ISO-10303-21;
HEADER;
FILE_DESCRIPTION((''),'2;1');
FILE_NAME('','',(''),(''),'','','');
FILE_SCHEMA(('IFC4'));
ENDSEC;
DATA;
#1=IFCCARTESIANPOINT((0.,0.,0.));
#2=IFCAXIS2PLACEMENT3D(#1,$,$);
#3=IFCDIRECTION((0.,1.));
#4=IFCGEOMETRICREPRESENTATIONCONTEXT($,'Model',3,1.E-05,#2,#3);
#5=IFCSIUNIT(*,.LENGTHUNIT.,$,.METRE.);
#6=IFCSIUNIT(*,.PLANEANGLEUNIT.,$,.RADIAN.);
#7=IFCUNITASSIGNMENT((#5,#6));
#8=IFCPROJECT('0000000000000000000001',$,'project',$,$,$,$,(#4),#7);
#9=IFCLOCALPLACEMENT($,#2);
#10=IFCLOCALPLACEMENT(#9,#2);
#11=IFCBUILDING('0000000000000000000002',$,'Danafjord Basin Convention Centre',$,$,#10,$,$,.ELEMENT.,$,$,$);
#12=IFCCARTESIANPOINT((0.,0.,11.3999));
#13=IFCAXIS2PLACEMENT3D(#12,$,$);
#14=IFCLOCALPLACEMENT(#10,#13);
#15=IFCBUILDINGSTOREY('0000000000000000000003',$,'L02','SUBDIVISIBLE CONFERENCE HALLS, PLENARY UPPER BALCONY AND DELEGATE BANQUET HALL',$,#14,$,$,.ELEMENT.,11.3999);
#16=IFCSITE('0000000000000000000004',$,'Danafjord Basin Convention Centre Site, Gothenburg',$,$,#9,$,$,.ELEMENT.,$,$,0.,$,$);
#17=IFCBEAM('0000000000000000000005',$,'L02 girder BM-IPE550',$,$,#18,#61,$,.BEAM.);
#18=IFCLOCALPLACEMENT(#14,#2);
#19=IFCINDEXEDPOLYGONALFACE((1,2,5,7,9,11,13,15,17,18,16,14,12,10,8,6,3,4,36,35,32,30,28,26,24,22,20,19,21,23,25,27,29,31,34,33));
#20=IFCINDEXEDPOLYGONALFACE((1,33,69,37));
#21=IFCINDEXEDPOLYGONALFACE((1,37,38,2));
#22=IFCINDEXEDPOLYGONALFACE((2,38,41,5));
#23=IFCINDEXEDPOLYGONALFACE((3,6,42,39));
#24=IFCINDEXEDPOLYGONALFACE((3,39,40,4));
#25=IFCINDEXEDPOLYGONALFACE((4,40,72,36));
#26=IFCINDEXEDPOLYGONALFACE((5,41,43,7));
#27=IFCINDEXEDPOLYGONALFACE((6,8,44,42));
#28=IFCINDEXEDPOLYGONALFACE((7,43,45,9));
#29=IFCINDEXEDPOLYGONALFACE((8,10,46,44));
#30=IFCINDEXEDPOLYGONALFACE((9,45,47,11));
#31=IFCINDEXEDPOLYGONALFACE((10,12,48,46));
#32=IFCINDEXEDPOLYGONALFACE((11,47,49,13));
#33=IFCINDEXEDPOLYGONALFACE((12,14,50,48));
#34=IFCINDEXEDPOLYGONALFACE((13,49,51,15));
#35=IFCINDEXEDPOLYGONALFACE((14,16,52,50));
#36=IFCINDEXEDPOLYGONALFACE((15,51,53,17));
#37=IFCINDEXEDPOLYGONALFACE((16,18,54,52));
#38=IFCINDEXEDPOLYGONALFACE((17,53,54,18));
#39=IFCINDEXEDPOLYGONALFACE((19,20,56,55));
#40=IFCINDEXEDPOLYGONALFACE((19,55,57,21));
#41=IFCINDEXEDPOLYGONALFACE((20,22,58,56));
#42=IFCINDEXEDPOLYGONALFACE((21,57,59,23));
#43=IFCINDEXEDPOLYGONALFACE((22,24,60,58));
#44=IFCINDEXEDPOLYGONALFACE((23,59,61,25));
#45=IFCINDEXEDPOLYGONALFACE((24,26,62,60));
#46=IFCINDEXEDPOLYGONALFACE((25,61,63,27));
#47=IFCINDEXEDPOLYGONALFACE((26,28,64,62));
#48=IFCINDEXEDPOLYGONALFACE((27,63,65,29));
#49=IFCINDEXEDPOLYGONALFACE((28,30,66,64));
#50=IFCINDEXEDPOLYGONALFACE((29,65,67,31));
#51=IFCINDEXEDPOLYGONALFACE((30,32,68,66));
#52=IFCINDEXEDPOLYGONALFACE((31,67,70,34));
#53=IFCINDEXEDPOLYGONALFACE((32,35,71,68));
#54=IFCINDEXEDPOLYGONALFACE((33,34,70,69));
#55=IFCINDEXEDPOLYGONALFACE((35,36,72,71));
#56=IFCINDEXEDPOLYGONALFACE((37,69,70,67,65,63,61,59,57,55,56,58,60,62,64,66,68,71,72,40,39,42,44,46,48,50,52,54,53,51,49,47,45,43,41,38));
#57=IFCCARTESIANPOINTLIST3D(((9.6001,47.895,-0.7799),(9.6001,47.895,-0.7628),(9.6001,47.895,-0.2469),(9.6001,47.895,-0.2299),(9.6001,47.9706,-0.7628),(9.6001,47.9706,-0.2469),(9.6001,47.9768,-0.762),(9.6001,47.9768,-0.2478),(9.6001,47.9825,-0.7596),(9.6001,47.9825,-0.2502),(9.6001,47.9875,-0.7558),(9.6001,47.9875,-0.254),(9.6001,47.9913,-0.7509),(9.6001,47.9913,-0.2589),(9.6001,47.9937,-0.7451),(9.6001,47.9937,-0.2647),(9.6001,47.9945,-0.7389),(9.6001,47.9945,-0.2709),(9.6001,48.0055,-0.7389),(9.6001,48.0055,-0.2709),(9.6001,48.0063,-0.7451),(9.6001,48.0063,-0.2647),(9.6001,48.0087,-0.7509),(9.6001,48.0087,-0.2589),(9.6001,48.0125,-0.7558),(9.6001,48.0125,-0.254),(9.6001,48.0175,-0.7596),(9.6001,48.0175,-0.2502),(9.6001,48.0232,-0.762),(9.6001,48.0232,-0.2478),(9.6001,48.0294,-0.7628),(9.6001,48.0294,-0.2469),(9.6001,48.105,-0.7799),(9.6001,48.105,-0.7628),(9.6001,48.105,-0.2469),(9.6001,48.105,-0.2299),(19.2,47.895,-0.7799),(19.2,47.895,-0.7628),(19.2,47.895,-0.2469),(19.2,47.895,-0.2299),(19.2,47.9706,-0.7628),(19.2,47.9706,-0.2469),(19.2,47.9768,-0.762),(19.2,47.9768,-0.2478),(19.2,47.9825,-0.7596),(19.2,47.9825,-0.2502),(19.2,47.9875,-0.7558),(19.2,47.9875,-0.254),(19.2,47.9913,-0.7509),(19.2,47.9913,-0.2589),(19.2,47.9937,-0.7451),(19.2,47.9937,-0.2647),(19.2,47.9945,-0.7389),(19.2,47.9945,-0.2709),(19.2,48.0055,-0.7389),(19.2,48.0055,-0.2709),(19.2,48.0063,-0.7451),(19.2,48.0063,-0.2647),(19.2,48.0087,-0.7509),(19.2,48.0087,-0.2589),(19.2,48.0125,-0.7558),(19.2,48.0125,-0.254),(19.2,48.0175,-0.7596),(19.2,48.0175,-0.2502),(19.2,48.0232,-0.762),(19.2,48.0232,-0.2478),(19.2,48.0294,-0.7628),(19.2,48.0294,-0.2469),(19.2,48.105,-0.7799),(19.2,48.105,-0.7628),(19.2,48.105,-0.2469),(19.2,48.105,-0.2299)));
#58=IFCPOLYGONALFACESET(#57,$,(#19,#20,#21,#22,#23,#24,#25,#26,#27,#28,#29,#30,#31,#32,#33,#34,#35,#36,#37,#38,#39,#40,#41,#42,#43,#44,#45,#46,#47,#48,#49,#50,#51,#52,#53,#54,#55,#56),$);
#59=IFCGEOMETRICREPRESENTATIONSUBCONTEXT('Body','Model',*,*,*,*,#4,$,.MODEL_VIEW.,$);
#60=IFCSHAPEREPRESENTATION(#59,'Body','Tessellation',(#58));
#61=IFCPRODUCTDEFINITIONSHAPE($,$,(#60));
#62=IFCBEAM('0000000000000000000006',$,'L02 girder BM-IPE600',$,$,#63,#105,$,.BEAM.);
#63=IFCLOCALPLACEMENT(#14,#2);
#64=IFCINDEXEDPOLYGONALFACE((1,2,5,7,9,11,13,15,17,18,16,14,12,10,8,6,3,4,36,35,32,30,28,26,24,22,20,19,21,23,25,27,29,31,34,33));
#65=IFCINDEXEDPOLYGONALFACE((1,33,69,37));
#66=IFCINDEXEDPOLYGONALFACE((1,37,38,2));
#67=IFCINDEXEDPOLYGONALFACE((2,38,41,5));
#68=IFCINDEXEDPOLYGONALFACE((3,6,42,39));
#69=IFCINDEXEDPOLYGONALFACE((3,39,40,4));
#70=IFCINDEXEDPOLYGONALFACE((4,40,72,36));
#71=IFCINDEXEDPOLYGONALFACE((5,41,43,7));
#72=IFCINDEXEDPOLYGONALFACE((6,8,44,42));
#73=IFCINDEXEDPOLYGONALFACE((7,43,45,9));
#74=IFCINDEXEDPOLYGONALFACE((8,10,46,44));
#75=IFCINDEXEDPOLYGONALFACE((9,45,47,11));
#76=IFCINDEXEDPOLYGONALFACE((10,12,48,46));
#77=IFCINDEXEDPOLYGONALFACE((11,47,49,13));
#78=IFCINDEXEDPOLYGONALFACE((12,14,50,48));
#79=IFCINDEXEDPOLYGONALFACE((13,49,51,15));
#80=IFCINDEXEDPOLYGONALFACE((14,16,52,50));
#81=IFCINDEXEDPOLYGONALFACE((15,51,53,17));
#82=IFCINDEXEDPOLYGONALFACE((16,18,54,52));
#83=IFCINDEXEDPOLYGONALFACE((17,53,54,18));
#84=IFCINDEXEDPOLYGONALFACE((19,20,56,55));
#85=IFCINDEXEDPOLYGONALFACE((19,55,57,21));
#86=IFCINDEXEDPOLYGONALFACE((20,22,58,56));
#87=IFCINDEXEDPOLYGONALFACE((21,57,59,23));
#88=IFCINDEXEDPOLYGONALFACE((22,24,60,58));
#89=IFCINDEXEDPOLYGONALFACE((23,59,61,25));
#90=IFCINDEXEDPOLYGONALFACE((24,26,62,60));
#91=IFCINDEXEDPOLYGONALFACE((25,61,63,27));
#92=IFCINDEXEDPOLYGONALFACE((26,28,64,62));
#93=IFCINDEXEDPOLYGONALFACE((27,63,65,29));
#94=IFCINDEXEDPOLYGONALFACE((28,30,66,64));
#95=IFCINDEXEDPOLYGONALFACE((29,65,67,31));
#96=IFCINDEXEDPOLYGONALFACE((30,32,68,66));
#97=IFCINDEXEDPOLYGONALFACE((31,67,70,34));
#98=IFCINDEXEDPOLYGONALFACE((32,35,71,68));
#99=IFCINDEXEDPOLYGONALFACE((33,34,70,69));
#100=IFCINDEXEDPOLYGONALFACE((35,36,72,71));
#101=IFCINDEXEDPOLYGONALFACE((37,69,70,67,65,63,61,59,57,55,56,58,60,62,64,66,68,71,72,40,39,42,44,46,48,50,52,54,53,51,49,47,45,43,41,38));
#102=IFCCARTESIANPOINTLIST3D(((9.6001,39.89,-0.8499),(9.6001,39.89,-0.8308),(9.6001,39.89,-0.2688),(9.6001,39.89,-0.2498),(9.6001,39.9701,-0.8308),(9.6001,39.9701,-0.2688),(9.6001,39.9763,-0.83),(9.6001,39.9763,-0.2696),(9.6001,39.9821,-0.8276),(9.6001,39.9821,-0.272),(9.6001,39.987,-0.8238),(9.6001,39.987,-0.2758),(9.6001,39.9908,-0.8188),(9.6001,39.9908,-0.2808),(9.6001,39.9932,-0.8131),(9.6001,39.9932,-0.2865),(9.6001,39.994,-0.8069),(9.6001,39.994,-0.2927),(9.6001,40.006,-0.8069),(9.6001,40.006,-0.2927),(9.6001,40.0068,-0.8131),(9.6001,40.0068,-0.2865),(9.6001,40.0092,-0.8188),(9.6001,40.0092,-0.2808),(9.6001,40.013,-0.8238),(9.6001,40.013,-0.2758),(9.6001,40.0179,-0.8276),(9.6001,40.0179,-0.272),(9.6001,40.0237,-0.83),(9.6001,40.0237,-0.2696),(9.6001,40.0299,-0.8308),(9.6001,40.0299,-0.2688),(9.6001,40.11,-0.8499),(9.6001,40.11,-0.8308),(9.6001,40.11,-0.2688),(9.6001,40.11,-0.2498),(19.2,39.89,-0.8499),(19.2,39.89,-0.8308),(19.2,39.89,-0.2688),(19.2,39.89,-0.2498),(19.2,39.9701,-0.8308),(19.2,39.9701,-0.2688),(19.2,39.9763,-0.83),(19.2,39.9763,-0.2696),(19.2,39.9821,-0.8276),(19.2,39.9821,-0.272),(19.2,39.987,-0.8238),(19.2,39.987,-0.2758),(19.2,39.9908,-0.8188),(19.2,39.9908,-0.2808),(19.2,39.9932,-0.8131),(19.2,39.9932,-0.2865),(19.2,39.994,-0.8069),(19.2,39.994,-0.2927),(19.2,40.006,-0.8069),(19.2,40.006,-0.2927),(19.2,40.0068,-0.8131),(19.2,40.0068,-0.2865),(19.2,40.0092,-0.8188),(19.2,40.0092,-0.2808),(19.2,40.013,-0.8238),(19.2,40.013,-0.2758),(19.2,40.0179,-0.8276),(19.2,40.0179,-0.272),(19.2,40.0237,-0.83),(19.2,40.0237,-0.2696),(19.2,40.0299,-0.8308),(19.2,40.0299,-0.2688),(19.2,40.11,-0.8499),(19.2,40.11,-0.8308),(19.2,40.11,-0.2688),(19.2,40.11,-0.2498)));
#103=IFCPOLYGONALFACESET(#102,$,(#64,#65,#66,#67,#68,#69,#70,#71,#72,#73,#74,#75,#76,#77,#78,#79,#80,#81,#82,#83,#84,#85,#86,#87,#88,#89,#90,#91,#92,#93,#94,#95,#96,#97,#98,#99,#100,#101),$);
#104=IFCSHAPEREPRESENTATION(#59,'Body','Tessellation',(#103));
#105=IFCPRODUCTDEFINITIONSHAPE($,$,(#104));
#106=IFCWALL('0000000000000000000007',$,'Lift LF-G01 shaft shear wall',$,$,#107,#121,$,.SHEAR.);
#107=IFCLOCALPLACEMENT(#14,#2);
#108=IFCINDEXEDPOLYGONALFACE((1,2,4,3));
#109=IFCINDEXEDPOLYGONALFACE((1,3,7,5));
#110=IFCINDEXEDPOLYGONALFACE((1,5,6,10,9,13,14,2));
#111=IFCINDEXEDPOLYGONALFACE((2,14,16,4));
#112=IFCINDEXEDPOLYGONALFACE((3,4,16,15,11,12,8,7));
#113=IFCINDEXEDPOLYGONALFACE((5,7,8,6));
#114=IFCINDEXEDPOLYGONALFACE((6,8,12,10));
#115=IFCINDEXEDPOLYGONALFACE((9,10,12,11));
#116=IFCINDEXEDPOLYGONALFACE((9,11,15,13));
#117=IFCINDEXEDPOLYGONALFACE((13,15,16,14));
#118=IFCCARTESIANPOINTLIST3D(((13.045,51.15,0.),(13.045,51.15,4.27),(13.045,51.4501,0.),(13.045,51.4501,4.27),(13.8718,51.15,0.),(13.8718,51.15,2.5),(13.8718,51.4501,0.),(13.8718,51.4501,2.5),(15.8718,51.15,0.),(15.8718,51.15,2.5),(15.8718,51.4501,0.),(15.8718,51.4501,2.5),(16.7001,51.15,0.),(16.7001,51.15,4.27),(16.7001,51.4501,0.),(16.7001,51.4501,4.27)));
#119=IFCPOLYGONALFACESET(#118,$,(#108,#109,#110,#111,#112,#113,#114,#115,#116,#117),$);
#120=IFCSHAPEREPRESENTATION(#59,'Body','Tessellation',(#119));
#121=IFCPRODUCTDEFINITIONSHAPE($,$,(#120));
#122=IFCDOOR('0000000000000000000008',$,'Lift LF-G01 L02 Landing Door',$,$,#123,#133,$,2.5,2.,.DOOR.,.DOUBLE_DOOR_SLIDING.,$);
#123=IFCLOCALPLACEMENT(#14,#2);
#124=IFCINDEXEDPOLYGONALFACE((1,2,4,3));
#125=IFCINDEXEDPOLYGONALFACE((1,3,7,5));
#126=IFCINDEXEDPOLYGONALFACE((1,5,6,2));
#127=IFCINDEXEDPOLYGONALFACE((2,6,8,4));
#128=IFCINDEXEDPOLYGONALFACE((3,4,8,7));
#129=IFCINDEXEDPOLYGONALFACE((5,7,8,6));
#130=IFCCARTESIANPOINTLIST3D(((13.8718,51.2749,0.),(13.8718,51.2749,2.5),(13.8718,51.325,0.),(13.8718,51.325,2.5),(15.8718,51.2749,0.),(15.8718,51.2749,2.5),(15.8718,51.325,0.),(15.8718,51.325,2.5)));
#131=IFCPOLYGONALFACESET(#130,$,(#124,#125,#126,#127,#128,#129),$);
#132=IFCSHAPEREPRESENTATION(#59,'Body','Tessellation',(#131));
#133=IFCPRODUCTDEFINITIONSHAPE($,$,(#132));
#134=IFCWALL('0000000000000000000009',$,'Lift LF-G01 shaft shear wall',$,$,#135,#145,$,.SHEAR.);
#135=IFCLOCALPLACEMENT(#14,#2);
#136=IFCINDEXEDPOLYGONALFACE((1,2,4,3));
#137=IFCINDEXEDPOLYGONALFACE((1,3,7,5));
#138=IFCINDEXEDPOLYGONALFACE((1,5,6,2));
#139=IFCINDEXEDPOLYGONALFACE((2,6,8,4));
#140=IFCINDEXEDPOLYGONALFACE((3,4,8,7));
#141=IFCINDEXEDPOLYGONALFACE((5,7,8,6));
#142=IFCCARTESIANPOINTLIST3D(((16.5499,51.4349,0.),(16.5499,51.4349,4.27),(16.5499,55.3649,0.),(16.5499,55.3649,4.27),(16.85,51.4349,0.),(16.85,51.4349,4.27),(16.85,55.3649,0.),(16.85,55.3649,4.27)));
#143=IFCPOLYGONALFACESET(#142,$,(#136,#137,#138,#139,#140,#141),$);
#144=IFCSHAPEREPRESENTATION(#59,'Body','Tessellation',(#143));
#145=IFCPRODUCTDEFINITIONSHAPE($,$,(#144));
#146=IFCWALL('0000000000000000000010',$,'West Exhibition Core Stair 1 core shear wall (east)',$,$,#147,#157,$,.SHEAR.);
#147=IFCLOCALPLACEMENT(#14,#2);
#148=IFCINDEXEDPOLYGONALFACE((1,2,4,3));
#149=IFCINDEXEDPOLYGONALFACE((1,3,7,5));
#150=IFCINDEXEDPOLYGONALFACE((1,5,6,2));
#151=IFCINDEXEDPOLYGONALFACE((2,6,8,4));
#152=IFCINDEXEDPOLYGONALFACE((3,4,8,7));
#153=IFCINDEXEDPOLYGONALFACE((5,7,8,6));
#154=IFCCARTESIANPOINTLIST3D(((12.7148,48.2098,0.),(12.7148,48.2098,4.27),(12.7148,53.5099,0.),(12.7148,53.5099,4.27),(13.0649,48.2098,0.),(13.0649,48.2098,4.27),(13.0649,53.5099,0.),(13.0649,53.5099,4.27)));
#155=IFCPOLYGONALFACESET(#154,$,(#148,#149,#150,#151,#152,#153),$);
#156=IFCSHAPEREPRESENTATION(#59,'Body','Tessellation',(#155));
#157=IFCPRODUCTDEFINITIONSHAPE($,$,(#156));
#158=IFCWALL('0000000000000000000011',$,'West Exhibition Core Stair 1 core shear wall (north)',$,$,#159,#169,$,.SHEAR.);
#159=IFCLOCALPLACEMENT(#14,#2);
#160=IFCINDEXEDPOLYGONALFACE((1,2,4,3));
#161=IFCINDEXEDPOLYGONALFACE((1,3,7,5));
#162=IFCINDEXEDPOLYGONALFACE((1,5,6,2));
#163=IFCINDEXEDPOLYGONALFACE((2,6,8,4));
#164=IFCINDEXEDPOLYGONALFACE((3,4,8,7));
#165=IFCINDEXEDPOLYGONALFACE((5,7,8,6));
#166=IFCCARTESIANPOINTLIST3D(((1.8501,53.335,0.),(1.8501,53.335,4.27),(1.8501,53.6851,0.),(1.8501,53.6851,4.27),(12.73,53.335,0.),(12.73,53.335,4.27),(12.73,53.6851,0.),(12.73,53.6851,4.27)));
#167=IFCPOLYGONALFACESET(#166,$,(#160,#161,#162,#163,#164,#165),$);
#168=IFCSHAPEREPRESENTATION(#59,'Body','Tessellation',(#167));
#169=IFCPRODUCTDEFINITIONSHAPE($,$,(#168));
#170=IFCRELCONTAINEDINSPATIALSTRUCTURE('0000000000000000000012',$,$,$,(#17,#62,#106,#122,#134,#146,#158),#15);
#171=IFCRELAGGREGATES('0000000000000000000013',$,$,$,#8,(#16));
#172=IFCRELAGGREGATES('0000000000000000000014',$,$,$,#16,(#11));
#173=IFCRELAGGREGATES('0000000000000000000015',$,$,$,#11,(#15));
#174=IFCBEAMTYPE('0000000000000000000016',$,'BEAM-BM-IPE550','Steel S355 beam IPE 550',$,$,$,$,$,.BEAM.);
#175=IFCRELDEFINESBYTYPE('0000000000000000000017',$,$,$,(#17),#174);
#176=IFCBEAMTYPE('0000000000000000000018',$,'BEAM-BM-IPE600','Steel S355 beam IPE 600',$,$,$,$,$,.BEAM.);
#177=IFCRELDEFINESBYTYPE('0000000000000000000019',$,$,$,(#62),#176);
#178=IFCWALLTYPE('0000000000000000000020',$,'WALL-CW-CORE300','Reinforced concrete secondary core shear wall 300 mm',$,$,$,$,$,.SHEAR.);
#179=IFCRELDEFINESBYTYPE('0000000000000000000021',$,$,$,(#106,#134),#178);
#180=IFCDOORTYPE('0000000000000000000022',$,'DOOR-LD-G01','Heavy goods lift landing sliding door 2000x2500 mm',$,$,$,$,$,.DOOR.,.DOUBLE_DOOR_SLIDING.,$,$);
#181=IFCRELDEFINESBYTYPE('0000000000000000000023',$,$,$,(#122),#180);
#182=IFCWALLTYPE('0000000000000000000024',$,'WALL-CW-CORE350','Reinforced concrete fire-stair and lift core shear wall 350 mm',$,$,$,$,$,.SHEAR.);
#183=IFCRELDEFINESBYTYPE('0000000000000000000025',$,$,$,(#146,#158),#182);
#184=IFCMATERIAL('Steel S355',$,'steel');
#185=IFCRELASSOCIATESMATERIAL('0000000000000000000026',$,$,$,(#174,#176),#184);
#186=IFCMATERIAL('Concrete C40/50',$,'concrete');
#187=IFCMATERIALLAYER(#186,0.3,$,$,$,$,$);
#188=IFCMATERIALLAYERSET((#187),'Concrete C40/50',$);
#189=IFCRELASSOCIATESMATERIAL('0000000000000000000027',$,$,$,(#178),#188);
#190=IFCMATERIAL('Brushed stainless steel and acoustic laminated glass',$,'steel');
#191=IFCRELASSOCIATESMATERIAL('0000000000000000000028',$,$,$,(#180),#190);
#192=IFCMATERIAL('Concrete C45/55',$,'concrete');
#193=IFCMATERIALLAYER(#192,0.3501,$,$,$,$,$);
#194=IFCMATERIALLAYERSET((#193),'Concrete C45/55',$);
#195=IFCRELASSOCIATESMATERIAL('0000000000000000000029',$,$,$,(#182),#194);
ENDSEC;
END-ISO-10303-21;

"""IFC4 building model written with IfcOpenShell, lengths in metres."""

from ifc_helpers import new_model, si_unit, direction, frame, frame_2d, origin, origin_2d, place, context, subcontext, project, spatial, rectangle, i_section, extrude, material, layer, layer_set, material_profile, profile_set, type_object, element, fill, save


model = new_model("IFC4")

# Units and contexts
model_context = context("Model", 3, precision=1e-05, world=origin(), true_north=direction((0.0, 1.0)))
body_context = subcontext(model_context, "Body", "Model", "MODEL_VIEW")
ifc_project = project(units=[si_unit("LENGTHUNIT", "METRE"), si_unit("PLANEANGLEUNIT", "RADIAN")], contexts=[model_context])

# Site, building, storey
site_placement = place(None, origin())
site = spatial("IfcSite", under=ifc_project, at=site_placement, Name="Danafjord Basin Convention Centre Site, Gothenburg", CompositionType="ELEMENT", RefElevation=0.0)
building_placement = place(site_placement, origin())
building = spatial("IfcBuilding", under=site, at=building_placement, Name="Danafjord Basin Convention Centre", CompositionType="ELEMENT")
storey_placement = place(building_placement, frame((0.0, 0.0, 11.3999)))
storey = spatial("IfcBuildingStorey", under=building, at=storey_placement, Name="L02", Description="SUBDIVISIBLE CONFERENCE HALLS, PLENARY UPPER BALCONY AND DELEGATE BANQUET HALL", CompositionType="ELEMENT", Elevation=11.3999)

# Shared definitions
ifc_material_1 = material(Name="Steel S355", Category="steel")

# Beams
ifc_material_profile_1 = material_profile(ifc_material_1, i_section(OverallWidth=0.21, OverallDepth=0.55, WebThickness=0.011, FlangeThickness=0.0171, FilletRadius=0.0239, at=origin_2d()), Name="IPE 550")
ifc_profile_set_1 = profile_set([ifc_material_profile_1], Name="Steel S355")
beam_type_1 = type_object("IfcBeamType", Name="BEAM-BM-IPE550", Description="Steel S355 beam IPE 550", PredefinedType="BEAM", material=ifc_profile_set_1)
beam_1_placement = place(storey_placement, frame((9.6001, 48.0, -0.5049), z_axis=(1.0, 0.0, 0.0), x_axis=(0.0, 1.0, 0.0)))
element("IfcBeam", 1, at=beam_1_placement, inside=storey, type_object=beam_type_1, Name="L02 girder BM-IPE550", PredefinedType="BEAM", context=body_context, shape_type="SweptSolid", body=[
    extrude(i_section(OverallWidth=0.21, OverallDepth=0.55, WebThickness=0.011, FlangeThickness=0.0171, FilletRadius=0.0239, at=origin_2d()), origin(), (0.0, 0.0, 1.0), 9.5999),
])
ifc_material_profile_2 = material_profile(ifc_material_1, i_section(OverallWidth=0.22, OverallDepth=0.6001, WebThickness=0.012, FlangeThickness=0.019, FilletRadius=0.0239, at=origin_2d()), Name="IPE 600")
ifc_profile_set_2 = profile_set([ifc_material_profile_2], Name="Steel S355")
beam_type_2 = type_object("IfcBeamType", Name="BEAM-BM-IPE600", Description="Steel S355 beam IPE 600", PredefinedType="BEAM", material=ifc_profile_set_2)
beam_2_placement = place(storey_placement, frame((9.6001, 40.0, -0.5498), z_axis=(1.0, 0.0, 0.0), x_axis=(0.0, 1.0, 0.0)))
element("IfcBeam", 2, at=beam_2_placement, inside=storey, type_object=beam_type_2, Name="L02 girder BM-IPE600", PredefinedType="BEAM", context=body_context, shape_type="SweptSolid", body=[
    extrude(i_section(OverallWidth=0.22, OverallDepth=0.6001, WebThickness=0.012, FlangeThickness=0.019, FilletRadius=0.0239, at=origin_2d()), origin(), (0.0, 0.0, 1.0), 9.5999),
])

# Wall, opening, door
ifc_material_2 = material(Name="Concrete C40/50", Category="concrete")
ifc_layer_1 = layer(ifc_material_2, 0.3)
ifc_layer_set_1 = layer_set([ifc_layer_1], Name="Concrete C40/50")
wall_type_1 = type_object("IfcWallType", Name="WALL-CW-CORE300", Description="Reinforced concrete secondary core shear wall 300 mm", PredefinedType="SHEAR", material=ifc_layer_set_1)
wall_1_placement = place(storey_placement, frame((13.0449, 51.3, 0.0), z_axis=(0.0, 0.0, 1.0), x_axis=(1.0, 0.0, 0.0)))
wall_1 = element("IfcWall", 3, at=wall_1_placement, inside=storey, type_object=wall_type_1, Name="Lift LF-G01 shaft shear wall", PredefinedType="SHEAR", context=body_context, shape_type="SweptSolid", body=[
    extrude(rectangle(XDim=3.655, YDim=0.3, at=frame_2d((1.8276, 0.0))), origin(), (0.0, 0.0, 1.0), 4.27),
])
opening_1_placement = place(wall_1_placement, frame((0.8269, 0.0, 0.0)))
opening_1 = element("IfcOpeningElement", 4, at=opening_1_placement, cuts=wall_1, PredefinedType="OPENING", context=body_context, shape_type="SweptSolid", body=[
    extrude(rectangle(XDim=2.0, YDim=2.5, at=frame_2d((1.0, 1.25))), frame((0.0, 0.1599, 0.0), z_axis=(0.0, -1.0, 0.0), x_axis=(1.0, 0.0, 0.0)), (0.0, 0.0, 1.0), 0.3201),
])
ifc_material_3 = material(Name="Brushed stainless steel and acoustic laminated glass", Category="steel")
door_type_1 = type_object("IfcDoorType", Name="DOOR-LD-G01", Description="Heavy goods lift landing sliding door 2000x2500 mm", OperationType="DOUBLE_DOOR_SLIDING", PredefinedType="DOOR", material=ifc_material_3)
door_1_placement = place(opening_1_placement, origin())
door_1 = element("IfcDoor", 5, at=door_1_placement, inside=storey, type_object=door_type_1, Name="Lift LF-G01 L02 Landing Door", OperationType="DOUBLE_DOOR_SLIDING", OverallHeight=2.5, OverallWidth=2.0, PredefinedType="DOOR", context=body_context, shape_type="SweptSolid", body=[
    extrude(rectangle(XDim=2.0, YDim=2.5, at=frame_2d((1.0, 1.25))), frame((0.0, 0.0249, 0.0), z_axis=(0.0, -1.0, 0.0), x_axis=(1.0, 0.0, 0.0)), (0.0, 0.0, 1.0), 0.05),
])
fill(opening_1, door_1)

# Walls
wall_2_placement = place(storey_placement, frame((16.7, 51.4351, 0.0), z_axis=(0.0, 0.0, 1.0), x_axis=(0.0, 1.0, 0.0)))
element("IfcWall", 6, at=wall_2_placement, inside=storey, type_object=wall_type_1, Name="Lift LF-G01 shaft shear wall", PredefinedType="SHEAR", context=body_context, shape_type="SweptSolid", body=[
    extrude(rectangle(XDim=3.9299, YDim=0.3, at=frame_2d((1.9648, 0.0))), origin(), (0.0, 0.0, 1.0), 4.27),
])
ifc_material_4 = material(Name="Concrete C45/55", Category="concrete")
ifc_layer_2 = layer(ifc_material_4, 0.3501)
ifc_layer_set_2 = layer_set([ifc_layer_2], Name="Concrete C45/55")
wall_type_2 = type_object("IfcWallType", Name="WALL-CW-CORE350", Description="Reinforced concrete fire-stair and lift core shear wall 350 mm", PredefinedType="SHEAR", material=ifc_layer_set_2)
wall_3_placement = place(storey_placement, frame((12.8899, 48.21, 0.0), z_axis=(0.0, 0.0, 1.0), x_axis=(0.0, 1.0, 0.0)))
element("IfcWall", 7, at=wall_3_placement, inside=storey, type_object=wall_type_2, Name="West Exhibition Core Stair 1 core shear wall (east)", PredefinedType="SHEAR", context=body_context, shape_type="SweptSolid", body=[
    extrude(rectangle(XDim=5.3, YDim=0.3501, at=frame_2d((2.6499, 0.0))), origin(), (0.0, 0.0, 1.0), 4.27),
])
wall_4_placement = place(storey_placement, frame((12.73, 53.51, 0.0), z_axis=(0.0, 0.0, 1.0), x_axis=(-1.0, 0.0, 0.0)))
element("IfcWall", 8, at=wall_4_placement, inside=storey, type_object=wall_type_2, Name="West Exhibition Core Stair 1 core shear wall (north)", PredefinedType="SHEAR", context=body_context, shape_type="SweptSolid", body=[
    extrude(rectangle(XDim=10.8799, YDim=0.3501, at=frame_2d((5.4399, 0.0))), origin(), (0.0, 0.0, 1.0), 4.27),
])

save(model, "model.ifc")
